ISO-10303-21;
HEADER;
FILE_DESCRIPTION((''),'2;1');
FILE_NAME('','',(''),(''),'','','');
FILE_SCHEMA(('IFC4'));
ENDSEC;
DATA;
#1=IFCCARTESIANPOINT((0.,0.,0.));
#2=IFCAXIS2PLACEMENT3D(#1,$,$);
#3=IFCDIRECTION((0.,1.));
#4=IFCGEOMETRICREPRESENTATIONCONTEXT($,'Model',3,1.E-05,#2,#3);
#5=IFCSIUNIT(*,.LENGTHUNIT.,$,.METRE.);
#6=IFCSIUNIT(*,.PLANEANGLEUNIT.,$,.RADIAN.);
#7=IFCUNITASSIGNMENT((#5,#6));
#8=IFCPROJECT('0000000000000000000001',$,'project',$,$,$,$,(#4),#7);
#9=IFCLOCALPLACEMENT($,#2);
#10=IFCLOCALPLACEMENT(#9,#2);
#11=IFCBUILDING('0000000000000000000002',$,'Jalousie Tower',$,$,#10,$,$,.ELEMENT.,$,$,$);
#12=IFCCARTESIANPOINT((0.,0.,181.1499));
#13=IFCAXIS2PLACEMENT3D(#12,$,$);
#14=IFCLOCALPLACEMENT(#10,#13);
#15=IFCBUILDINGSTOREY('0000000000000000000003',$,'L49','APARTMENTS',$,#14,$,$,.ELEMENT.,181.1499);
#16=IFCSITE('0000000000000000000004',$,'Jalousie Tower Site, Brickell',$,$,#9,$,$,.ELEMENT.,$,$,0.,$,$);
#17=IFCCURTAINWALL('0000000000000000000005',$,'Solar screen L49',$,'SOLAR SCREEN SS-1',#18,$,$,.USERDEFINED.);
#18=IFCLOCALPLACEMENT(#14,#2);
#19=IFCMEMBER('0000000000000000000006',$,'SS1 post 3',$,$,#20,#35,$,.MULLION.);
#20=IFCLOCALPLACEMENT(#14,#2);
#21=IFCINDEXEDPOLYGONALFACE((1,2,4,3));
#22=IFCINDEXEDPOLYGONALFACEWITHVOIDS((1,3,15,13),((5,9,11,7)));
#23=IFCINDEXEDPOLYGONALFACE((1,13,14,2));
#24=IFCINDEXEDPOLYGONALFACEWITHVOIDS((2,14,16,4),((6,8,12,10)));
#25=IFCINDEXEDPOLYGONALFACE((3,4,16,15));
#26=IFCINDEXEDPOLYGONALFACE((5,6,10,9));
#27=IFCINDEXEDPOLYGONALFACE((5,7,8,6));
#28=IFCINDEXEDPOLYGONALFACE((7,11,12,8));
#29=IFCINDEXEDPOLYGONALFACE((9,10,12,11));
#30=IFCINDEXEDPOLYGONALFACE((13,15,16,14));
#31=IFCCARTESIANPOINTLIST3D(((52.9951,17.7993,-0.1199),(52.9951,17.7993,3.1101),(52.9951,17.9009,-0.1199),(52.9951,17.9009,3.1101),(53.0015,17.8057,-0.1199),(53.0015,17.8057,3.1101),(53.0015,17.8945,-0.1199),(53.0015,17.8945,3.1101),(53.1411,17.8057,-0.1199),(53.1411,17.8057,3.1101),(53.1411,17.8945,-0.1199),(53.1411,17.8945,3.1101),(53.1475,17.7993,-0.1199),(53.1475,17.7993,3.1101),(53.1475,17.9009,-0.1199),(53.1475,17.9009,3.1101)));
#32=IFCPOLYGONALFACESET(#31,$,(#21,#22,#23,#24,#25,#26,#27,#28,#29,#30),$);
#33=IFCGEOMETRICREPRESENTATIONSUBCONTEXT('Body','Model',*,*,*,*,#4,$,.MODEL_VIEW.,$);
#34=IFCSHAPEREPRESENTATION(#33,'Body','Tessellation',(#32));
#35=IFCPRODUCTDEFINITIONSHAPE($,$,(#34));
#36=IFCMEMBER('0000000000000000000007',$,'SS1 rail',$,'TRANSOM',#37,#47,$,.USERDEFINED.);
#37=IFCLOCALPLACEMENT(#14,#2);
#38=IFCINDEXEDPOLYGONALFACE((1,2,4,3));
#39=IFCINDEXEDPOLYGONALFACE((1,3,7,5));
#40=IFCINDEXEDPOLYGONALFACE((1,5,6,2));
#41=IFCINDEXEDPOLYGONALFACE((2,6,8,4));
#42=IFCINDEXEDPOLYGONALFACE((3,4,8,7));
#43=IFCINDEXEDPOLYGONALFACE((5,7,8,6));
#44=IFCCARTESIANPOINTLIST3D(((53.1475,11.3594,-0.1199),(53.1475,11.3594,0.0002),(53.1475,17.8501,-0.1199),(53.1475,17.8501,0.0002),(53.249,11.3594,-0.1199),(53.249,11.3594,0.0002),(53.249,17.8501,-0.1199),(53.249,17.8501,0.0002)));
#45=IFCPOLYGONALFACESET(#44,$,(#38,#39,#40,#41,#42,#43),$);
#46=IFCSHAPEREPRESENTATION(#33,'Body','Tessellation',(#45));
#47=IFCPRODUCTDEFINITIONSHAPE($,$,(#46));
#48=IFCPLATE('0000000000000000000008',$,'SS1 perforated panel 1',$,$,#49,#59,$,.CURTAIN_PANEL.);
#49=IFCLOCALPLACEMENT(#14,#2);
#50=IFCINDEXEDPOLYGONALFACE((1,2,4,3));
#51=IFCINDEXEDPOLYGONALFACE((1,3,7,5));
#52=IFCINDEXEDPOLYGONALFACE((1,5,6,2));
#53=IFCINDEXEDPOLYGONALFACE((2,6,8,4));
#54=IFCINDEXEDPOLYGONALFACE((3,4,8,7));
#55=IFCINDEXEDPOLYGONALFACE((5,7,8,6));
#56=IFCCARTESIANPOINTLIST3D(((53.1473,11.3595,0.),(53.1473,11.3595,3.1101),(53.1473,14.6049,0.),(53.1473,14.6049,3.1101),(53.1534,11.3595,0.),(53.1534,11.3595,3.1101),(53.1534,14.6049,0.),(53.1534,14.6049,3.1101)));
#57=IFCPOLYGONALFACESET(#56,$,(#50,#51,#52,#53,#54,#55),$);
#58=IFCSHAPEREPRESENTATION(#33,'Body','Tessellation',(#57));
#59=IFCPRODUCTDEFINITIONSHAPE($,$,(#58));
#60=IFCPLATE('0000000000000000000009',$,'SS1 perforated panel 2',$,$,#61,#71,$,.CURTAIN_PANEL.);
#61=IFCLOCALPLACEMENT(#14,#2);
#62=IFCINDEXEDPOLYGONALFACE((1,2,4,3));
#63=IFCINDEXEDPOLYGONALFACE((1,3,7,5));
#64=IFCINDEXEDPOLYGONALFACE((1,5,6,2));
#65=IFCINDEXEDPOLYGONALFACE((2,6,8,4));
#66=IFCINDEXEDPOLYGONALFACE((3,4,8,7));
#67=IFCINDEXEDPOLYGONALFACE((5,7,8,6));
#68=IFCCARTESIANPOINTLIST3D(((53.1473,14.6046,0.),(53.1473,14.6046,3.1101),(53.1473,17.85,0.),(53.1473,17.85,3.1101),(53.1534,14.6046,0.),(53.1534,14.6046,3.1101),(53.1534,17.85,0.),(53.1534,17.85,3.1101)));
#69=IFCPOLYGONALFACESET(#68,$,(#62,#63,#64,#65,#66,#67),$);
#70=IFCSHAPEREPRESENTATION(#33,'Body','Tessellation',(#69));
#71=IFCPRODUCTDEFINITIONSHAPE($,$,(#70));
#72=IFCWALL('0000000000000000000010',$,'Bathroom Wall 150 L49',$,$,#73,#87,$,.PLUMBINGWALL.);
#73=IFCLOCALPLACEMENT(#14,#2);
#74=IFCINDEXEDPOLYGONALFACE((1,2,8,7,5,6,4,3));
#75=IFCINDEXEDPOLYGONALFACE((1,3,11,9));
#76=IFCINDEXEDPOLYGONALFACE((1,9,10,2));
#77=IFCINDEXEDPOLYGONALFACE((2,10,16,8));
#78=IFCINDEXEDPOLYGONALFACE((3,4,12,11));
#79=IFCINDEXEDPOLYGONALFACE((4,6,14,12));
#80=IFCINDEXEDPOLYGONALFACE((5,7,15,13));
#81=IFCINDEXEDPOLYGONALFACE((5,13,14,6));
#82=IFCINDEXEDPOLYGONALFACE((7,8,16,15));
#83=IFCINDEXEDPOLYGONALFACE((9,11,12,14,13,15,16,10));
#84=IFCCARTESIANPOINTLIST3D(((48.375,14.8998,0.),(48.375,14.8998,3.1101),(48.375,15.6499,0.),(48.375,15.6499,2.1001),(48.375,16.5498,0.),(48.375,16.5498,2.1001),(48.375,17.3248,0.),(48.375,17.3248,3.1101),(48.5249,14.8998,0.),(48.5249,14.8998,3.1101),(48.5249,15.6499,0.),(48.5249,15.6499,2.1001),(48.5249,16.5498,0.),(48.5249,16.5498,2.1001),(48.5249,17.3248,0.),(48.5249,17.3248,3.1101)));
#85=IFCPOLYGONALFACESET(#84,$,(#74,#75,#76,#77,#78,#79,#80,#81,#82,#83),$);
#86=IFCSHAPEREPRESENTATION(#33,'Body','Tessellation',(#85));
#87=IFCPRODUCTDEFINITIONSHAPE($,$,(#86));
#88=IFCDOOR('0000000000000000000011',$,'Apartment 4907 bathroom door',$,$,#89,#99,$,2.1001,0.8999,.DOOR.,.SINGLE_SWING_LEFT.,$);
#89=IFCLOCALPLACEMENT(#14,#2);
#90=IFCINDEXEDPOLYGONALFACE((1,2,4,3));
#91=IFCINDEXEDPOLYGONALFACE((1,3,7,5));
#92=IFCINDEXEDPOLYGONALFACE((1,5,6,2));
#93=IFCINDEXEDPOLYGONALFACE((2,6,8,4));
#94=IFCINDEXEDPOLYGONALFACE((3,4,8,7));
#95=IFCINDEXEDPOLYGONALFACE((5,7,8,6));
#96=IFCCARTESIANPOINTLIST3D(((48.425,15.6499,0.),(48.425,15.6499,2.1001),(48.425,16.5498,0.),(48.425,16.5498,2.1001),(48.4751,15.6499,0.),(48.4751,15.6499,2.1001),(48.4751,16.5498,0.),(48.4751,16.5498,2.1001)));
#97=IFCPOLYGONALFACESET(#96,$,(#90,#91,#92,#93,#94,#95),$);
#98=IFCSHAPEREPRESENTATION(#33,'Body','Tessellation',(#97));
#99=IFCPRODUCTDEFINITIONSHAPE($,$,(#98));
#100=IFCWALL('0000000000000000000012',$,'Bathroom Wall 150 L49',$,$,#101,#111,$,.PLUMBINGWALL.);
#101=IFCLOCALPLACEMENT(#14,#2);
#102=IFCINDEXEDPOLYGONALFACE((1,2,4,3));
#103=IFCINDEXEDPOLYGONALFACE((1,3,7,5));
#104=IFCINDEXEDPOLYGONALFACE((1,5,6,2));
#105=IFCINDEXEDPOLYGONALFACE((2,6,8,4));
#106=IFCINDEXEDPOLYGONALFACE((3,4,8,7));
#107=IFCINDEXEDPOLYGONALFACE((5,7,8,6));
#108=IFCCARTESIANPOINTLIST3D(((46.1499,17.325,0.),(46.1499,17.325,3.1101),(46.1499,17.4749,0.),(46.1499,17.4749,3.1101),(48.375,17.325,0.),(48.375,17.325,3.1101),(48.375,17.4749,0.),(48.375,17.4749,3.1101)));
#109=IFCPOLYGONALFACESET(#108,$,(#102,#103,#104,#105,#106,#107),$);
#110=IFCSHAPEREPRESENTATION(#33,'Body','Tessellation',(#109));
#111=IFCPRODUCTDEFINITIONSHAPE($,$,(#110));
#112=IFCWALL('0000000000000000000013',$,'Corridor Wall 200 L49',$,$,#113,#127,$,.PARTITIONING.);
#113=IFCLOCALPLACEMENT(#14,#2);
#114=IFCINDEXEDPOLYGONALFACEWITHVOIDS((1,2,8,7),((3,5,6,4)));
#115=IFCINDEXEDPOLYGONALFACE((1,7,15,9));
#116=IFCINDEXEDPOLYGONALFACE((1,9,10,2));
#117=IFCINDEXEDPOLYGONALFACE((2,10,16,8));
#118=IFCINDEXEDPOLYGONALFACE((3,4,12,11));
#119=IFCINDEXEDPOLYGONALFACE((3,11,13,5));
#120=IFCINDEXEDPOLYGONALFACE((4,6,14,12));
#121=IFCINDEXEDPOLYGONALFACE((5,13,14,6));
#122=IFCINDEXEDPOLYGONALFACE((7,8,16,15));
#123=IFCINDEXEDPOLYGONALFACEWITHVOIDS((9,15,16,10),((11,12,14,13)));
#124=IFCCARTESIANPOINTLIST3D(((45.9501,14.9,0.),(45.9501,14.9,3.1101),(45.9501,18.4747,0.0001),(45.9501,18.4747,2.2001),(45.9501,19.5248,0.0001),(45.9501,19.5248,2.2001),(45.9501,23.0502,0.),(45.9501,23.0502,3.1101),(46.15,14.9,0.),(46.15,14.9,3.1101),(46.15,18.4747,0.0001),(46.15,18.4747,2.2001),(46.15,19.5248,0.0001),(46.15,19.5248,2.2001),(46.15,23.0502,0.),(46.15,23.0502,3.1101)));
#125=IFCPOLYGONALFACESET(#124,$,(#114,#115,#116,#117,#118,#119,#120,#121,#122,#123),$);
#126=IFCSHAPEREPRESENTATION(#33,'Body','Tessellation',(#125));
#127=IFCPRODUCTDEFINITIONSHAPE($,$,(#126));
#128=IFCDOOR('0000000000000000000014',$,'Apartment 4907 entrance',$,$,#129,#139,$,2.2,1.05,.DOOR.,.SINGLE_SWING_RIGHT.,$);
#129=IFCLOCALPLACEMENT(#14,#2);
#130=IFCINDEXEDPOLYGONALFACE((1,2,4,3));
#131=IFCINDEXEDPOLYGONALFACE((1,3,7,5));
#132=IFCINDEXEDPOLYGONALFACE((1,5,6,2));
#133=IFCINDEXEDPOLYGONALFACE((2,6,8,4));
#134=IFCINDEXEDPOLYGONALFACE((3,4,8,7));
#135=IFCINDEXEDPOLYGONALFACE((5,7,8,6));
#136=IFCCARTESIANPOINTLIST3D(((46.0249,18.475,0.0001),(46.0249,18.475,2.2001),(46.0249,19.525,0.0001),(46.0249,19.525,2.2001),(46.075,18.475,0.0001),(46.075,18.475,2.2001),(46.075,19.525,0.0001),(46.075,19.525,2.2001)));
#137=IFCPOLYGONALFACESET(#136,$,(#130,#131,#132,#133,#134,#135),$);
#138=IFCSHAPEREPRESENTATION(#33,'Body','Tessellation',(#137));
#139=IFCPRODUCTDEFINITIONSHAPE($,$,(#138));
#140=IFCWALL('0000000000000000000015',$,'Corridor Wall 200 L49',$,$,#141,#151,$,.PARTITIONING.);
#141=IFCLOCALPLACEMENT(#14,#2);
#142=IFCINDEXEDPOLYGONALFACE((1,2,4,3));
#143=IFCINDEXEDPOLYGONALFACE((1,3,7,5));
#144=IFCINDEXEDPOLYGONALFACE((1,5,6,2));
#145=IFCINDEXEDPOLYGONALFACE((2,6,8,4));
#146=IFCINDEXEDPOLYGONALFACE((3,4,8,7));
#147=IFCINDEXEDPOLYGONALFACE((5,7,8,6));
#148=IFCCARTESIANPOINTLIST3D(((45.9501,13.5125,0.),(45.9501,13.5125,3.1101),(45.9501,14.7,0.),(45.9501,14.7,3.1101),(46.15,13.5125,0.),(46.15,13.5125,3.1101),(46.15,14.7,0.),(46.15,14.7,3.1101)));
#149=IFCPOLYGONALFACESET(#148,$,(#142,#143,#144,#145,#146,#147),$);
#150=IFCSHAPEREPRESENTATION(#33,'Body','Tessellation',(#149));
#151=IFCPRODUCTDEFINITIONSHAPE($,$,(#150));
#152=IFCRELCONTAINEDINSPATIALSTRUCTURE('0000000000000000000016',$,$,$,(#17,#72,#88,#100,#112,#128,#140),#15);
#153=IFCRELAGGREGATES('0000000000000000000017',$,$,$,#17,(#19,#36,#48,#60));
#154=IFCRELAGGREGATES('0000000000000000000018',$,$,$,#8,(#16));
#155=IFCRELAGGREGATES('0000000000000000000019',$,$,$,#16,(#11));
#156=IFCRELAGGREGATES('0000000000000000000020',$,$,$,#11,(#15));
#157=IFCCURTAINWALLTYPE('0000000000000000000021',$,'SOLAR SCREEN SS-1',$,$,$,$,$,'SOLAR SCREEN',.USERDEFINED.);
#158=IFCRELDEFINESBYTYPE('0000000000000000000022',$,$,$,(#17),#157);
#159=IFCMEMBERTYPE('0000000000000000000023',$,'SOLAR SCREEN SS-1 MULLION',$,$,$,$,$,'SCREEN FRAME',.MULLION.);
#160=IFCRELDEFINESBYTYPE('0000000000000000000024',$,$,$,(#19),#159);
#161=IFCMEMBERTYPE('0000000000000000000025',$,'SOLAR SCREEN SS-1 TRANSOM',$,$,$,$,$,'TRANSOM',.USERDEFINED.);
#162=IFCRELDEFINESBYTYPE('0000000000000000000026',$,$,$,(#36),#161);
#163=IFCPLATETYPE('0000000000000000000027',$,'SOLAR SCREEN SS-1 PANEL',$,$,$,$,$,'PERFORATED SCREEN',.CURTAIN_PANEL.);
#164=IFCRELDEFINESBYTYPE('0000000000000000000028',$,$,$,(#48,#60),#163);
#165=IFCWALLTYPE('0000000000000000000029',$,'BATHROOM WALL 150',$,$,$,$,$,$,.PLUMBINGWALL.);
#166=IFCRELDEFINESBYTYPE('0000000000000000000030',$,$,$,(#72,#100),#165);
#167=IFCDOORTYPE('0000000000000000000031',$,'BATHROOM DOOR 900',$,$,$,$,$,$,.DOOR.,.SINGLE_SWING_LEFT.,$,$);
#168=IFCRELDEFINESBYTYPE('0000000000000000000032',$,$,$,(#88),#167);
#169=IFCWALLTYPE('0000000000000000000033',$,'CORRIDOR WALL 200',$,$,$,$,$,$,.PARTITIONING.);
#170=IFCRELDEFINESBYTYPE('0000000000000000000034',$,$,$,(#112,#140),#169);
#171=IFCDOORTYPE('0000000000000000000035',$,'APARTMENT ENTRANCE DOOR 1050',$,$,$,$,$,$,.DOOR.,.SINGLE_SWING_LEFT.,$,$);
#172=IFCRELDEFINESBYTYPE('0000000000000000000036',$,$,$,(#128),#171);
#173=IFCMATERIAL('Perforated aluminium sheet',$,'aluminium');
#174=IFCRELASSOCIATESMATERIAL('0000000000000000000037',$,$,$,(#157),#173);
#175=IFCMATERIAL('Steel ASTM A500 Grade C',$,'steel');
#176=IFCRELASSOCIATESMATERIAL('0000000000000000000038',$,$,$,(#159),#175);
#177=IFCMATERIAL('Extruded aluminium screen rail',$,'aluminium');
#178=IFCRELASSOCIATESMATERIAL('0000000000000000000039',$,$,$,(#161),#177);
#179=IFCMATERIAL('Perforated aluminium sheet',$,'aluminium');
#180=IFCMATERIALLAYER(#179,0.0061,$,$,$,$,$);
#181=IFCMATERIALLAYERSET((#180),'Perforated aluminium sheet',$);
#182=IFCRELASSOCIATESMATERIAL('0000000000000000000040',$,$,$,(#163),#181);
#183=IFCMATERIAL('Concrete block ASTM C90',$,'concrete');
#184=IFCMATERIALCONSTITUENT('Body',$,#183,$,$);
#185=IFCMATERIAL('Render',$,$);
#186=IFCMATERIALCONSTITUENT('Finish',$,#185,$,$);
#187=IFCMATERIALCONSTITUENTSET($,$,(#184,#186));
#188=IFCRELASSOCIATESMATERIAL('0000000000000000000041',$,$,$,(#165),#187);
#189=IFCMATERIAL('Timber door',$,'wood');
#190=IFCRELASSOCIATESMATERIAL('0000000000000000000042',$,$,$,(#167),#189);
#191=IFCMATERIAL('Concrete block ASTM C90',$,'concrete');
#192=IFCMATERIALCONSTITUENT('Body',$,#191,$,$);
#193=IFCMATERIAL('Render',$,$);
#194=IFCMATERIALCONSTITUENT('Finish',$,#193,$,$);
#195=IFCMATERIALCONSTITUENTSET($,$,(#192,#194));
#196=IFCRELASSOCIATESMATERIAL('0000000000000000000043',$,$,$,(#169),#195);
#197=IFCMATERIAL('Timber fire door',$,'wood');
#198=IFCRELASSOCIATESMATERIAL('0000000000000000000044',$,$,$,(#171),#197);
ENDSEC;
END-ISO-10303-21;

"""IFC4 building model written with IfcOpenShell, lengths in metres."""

from ifc_helpers import new_model, si_unit, direction, frame, frame_2d, origin, origin_2d, place, context, subcontext, project, spatial, rectangle, hollow_rectangle, extrude, material, layer, layer_set, constituent, constituent_set, material_profile, profile_set, type_object, element, fill, aggregate, save


model = new_model("IFC4")

# Units and contexts
model_context = context("Model", 3, precision=1e-05, world=origin(), true_north=direction((0.0, 1.0)))
body_context = subcontext(model_context, "Body", "Model", "MODEL_VIEW")
ifc_project = project(units=[si_unit("LENGTHUNIT", "METRE"), si_unit("PLANEANGLEUNIT", "RADIAN")], contexts=[model_context])

# Site, building, storey
site_placement = place(None, origin())
site = spatial("IfcSite", under=ifc_project, at=site_placement, Name="Jalousie Tower Site, Brickell", CompositionType="ELEMENT", RefElevation=0.0)
building_placement = place(site_placement, origin())
building = spatial("IfcBuilding", under=site, at=building_placement, Name="Jalousie Tower", CompositionType="ELEMENT")
storey_placement = place(building_placement, frame((0.0, 0.0, 181.1499)))
storey = spatial("IfcBuildingStorey", under=building, at=storey_placement, Name="L49", Description="APARTMENTS", CompositionType="ELEMENT", Elevation=181.1499)

# Shared definitions
ifc_material_1 = material(Name="Perforated aluminium sheet", Category="aluminium")
curtain_wall_type = type_object("IfcCurtainWallType", Name="SOLAR SCREEN SS-1", ElementType="SOLAR SCREEN", PredefinedType="USERDEFINED", material=ifc_material_1)
ifc_material_2 = material(Name="Steel ASTM A500 Grade C", Category="steel")
ifc_material_profile_1 = material_profile(ifc_material_2, hollow_rectangle(XDim=0.1016, YDim=0.1523, WallThickness=0.0063, at=origin_2d()), Name="HSS6X4X1/4")
ifc_profile_set_1 = profile_set([ifc_material_profile_1], Name="Steel ASTM A500 Grade C")
member_type_1 = type_object("IfcMemberType", Name="SOLAR SCREEN SS-1 MULLION", ElementType="SCREEN FRAME", PredefinedType="MULLION", material=ifc_profile_set_1)

# Curtain wall, members, plates
curtain_wall_1_placement = place(storey_placement, origin())
curtain_wall_1 = element("IfcCurtainWall", 1, at=curtain_wall_1_placement, inside=storey, type_object=curtain_wall_type, Name="Solar screen L49", ObjectType="SOLAR SCREEN SS-1", PredefinedType="USERDEFINED")
member_1_placement = place(storey_placement, frame((53.0713, 17.8501, -0.1199), z_axis=(0.0, 0.0, 1.0), x_axis=(0.0, 1.0, 0.0)))
member_1 = element("IfcMember", 2, at=member_1_placement, type_object=member_type_1, Name="SS1 post 3", PredefinedType="MULLION", context=body_context, shape_type="SweptSolid", body=[
    extrude(hollow_rectangle(XDim=0.1016, YDim=0.1523, WallThickness=0.0063, at=origin_2d()), origin(), (0.0, 0.0, 1.0), 3.23),
])
ifc_material_3 = material(Name="Extruded aluminium screen rail", Category="aluminium")
ifc_material_profile_2 = material_profile(ifc_material_3, rectangle(XDim=0.1016, YDim=0.1201, at=origin_2d()), Name="RAIL 102x120")
ifc_profile_set_2 = profile_set([ifc_material_profile_2], Name="Extruded aluminium screen rail")
member_type_2 = type_object("IfcMemberType", Name="SOLAR SCREEN SS-1 TRANSOM", ElementType="TRANSOM", PredefinedType="USERDEFINED", material=ifc_profile_set_2)
member_2_placement = place(storey_placement, frame((53.1982, 11.3594, -0.0598), z_axis=(0.0, 1.0, 0.0), x_axis=(-1.0, 0.0, 0.0)))
member_2 = element("IfcMember", 3, at=member_2_placement, type_object=member_type_2, Name="SS1 rail", ObjectType="TRANSOM", PredefinedType="USERDEFINED", context=body_context, shape_type="SweptSolid", body=[
    extrude(rectangle(XDim=0.1016, YDim=0.1201, at=origin_2d()), origin(), (0.0, 0.0, 1.0), 6.4907),
])
ifc_material_4 = material(Name="Perforated aluminium sheet", Category="aluminium")
ifc_layer_1 = layer(ifc_material_4, 0.0061)
ifc_layer_set_1 = layer_set([ifc_layer_1], Name="Perforated aluminium sheet")
plate_type = type_object("IfcPlateType", Name="SOLAR SCREEN SS-1 PANEL", ElementType="PERFORATED SCREEN", PredefinedType="CURTAIN_PANEL", material=ifc_layer_set_1)
plate_1_placement = place(storey_placement, frame((53.1504, 12.9822, 0.0), z_axis=(0.0, 0.0, 1.0), x_axis=(0.0, 1.0, 0.0)))
plate_1 = element("IfcPlate", 4, at=plate_1_placement, type_object=plate_type, Name="SS1 perforated panel 1", PredefinedType="CURTAIN_PANEL", context=body_context, shape_type="SweptSolid", body=[
    extrude(rectangle(XDim=3.2454, YDim=0.0061, at=origin_2d()), origin(), (0.0, 0.0, 1.0), 3.1101),
])
plate_2_placement = place(storey_placement, frame((53.1504, 16.2273, 0.0), z_axis=(0.0, 0.0, 1.0), x_axis=(0.0, 1.0, 0.0)))
plate_2 = element("IfcPlate", 5, at=plate_2_placement, type_object=plate_type, Name="SS1 perforated panel 2", PredefinedType="CURTAIN_PANEL", context=body_context, shape_type="SweptSolid", body=[
    extrude(rectangle(XDim=3.2454, YDim=0.0061, at=origin_2d()), origin(), (0.0, 0.0, 1.0), 3.1101),
])
aggregate(curtain_wall_1, [member_1, member_2, plate_1, plate_2])

# Wall, opening, door
ifc_material_5 = material(Name="Concrete block ASTM C90", Category="concrete")
ifc_constituent_1 = constituent(ifc_material_5, Name="Body")
ifc_material_6 = material(Name="Render")
ifc_constituent_2 = constituent(ifc_material_6, Name="Finish")
ifc_constituent_set_1 = constituent_set(constituents=[ifc_constituent_1, ifc_constituent_2])
wall_type_1 = type_object("IfcWallType", Name="BATHROOM WALL 150", PredefinedType="PLUMBINGWALL", material=ifc_constituent_set_1)
wall_1_placement = place(storey_placement, frame((48.45, 14.8999, 0.0), z_axis=(0.0, 0.0, 1.0), x_axis=(0.0, 1.0, 0.0)))
wall_1 = element("IfcWall", 6, at=wall_1_placement, inside=storey, type_object=wall_type_1, Name="Bathroom Wall 150 L49", PredefinedType="PLUMBINGWALL", context=body_context, shape_type="SweptSolid", body=[
    extrude(rectangle(XDim=2.425, YDim=0.1499, at=frame_2d((1.2124, 0.0))), origin(), (0.0, 0.0, 1.0), 3.1101),
])
opening_1_placement = place(wall_1_placement, frame((0.75, 0.0, 0.0)))
opening_1 = element("IfcOpeningElement", 7, at=opening_1_placement, cuts=wall_1, PredefinedType="OPENING", context=body_context, shape_type="SweptSolid", body=[
    extrude(rectangle(XDim=0.8999, YDim=2.1001, at=frame_2d((0.45, 1.05))), frame((0.0, 0.085, 0.0), z_axis=(0.0, -1.0, 0.0), x_axis=(1.0, 0.0, 0.0)), (0.0, 0.0, 1.0), 0.1699),
])
ifc_material_7 = material(Name="Timber door", Category="wood")
door_type_1 = type_object("IfcDoorType", Name="BATHROOM DOOR 900", OperationType="SINGLE_SWING_LEFT", PredefinedType="DOOR", material=ifc_material_7)
door_1_placement = place(opening_1_placement, origin())
door_1 = element("IfcDoor", 8, at=door_1_placement, inside=storey, type_object=door_type_1, Name="Apartment 4907 bathroom door", OperationType="SINGLE_SWING_LEFT", OverallHeight=2.1001, OverallWidth=0.8999, PredefinedType="DOOR", context=body_context, shape_type="SweptSolid", body=[
    extrude(rectangle(XDim=0.8999, YDim=2.1001, at=frame_2d((0.45, 1.05))), frame((0.0, 0.0249, 0.0), z_axis=(0.0, -1.0, 0.0), x_axis=(1.0, 0.0, 0.0)), (0.0, 0.0, 1.0), 0.05),
])
fill(opening_1, door_1)

# Wall
wall_2_placement = place(storey_placement, frame((48.375, 17.3999, 0.0), z_axis=(0.0, 0.0, 1.0), x_axis=(-1.0, 0.0, 0.0)))
element("IfcWall", 9, at=wall_2_placement, inside=storey, type_object=wall_type_1, Name="Bathroom Wall 150 L49", PredefinedType="PLUMBINGWALL", context=body_context, shape_type="SweptSolid", body=[
    extrude(rectangle(XDim=2.2251, YDim=0.1499, at=frame_2d((1.1125, 0.0))), origin(), (0.0, 0.0, 1.0), 3.1101),
])

# Wall, opening, door
ifc_material_8 = material(Name="Concrete block ASTM C90", Category="concrete")
ifc_constituent_3 = constituent(ifc_material_8, Name="Body")
ifc_material_9 = material(Name="Render")
ifc_constituent_4 = constituent(ifc_material_9, Name="Finish")
ifc_constituent_set_2 = constituent_set(constituents=[ifc_constituent_3, ifc_constituent_4])
wall_type_2 = type_object("IfcWallType", Name="CORRIDOR WALL 200", PredefinedType="PARTITIONING", material=ifc_constituent_set_2)
wall_3_placement = place(storey_placement, frame((46.05, 14.8999, 0.0), z_axis=(0.0, 0.0, 1.0), x_axis=(0.0, 1.0, 0.0)))
wall_3 = element("IfcWall", 10, at=wall_3_placement, inside=storey, type_object=wall_type_2, Name="Corridor Wall 200 L49", PredefinedType="PARTITIONING", context=body_context, shape_type="SweptSolid", body=[
    extrude(rectangle(XDim=8.1501, YDim=0.2, at=frame_2d((4.0752, 0.0))), origin(), (0.0, 0.0, 1.0), 3.1101),
])
opening_2_placement = place(wall_3_placement, frame((3.575, 0.0, 0.0)))
opening_2 = element("IfcOpeningElement", 11, at=opening_2_placement, cuts=wall_3, PredefinedType="OPENING", context=body_context, shape_type="SweptSolid", body=[
    extrude(rectangle(XDim=1.05, YDim=2.2, at=frame_2d((0.5249, 1.1001))), frame((0.0, 0.1099, 0.0), z_axis=(0.0, -1.0, 0.0), x_axis=(1.0, 0.0, 0.0)), (0.0, 0.0, 1.0), 0.22),
])
ifc_material_10 = material(Name="Timber fire door", Category="wood")
door_type_2 = type_object("IfcDoorType", Name="APARTMENT ENTRANCE DOOR 1050", OperationType="SINGLE_SWING_LEFT", PredefinedType="DOOR", material=ifc_material_10)
door_2_placement = place(opening_2_placement, frame((1.05, 0.0, 0.0), z_axis=(0.0, 0.0, 1.0), x_axis=(-1.0, 0.0, 0.0)))
door_2 = element("IfcDoor", 12, at=door_2_placement, inside=storey, type_object=door_type_2, Name="Apartment 4907 entrance", OperationType="SINGLE_SWING_RIGHT", OverallHeight=2.2, OverallWidth=1.05, PredefinedType="DOOR", context=body_context, shape_type="SweptSolid", body=[
    extrude(rectangle(XDim=1.05, YDim=2.2, at=frame_2d((0.5249, 1.1001))), frame((0.0, 0.0249, 0.0), z_axis=(0.0, -1.0, 0.0), x_axis=(1.0, 0.0, 0.0)), (0.0, 0.0, 1.0), 0.05),
])
fill(opening_2, door_2)

# Wall
wall_4_placement = place(storey_placement, frame((46.05, 13.5125, 0.0), z_axis=(0.0, 0.0, 1.0), x_axis=(0.0, 1.0, 0.0)))
element("IfcWall", 13, at=wall_4_placement, inside=storey, type_object=wall_type_2, Name="Corridor Wall 200 L49", PredefinedType="PARTITIONING", context=body_context, shape_type="SweptSolid", body=[
    extrude(rectangle(XDim=1.1875, YDim=0.2, at=frame_2d((0.5938, 0.0))), origin(), (0.0, 0.0, 1.0), 3.1101),
])

save(model, "model.ifc")
